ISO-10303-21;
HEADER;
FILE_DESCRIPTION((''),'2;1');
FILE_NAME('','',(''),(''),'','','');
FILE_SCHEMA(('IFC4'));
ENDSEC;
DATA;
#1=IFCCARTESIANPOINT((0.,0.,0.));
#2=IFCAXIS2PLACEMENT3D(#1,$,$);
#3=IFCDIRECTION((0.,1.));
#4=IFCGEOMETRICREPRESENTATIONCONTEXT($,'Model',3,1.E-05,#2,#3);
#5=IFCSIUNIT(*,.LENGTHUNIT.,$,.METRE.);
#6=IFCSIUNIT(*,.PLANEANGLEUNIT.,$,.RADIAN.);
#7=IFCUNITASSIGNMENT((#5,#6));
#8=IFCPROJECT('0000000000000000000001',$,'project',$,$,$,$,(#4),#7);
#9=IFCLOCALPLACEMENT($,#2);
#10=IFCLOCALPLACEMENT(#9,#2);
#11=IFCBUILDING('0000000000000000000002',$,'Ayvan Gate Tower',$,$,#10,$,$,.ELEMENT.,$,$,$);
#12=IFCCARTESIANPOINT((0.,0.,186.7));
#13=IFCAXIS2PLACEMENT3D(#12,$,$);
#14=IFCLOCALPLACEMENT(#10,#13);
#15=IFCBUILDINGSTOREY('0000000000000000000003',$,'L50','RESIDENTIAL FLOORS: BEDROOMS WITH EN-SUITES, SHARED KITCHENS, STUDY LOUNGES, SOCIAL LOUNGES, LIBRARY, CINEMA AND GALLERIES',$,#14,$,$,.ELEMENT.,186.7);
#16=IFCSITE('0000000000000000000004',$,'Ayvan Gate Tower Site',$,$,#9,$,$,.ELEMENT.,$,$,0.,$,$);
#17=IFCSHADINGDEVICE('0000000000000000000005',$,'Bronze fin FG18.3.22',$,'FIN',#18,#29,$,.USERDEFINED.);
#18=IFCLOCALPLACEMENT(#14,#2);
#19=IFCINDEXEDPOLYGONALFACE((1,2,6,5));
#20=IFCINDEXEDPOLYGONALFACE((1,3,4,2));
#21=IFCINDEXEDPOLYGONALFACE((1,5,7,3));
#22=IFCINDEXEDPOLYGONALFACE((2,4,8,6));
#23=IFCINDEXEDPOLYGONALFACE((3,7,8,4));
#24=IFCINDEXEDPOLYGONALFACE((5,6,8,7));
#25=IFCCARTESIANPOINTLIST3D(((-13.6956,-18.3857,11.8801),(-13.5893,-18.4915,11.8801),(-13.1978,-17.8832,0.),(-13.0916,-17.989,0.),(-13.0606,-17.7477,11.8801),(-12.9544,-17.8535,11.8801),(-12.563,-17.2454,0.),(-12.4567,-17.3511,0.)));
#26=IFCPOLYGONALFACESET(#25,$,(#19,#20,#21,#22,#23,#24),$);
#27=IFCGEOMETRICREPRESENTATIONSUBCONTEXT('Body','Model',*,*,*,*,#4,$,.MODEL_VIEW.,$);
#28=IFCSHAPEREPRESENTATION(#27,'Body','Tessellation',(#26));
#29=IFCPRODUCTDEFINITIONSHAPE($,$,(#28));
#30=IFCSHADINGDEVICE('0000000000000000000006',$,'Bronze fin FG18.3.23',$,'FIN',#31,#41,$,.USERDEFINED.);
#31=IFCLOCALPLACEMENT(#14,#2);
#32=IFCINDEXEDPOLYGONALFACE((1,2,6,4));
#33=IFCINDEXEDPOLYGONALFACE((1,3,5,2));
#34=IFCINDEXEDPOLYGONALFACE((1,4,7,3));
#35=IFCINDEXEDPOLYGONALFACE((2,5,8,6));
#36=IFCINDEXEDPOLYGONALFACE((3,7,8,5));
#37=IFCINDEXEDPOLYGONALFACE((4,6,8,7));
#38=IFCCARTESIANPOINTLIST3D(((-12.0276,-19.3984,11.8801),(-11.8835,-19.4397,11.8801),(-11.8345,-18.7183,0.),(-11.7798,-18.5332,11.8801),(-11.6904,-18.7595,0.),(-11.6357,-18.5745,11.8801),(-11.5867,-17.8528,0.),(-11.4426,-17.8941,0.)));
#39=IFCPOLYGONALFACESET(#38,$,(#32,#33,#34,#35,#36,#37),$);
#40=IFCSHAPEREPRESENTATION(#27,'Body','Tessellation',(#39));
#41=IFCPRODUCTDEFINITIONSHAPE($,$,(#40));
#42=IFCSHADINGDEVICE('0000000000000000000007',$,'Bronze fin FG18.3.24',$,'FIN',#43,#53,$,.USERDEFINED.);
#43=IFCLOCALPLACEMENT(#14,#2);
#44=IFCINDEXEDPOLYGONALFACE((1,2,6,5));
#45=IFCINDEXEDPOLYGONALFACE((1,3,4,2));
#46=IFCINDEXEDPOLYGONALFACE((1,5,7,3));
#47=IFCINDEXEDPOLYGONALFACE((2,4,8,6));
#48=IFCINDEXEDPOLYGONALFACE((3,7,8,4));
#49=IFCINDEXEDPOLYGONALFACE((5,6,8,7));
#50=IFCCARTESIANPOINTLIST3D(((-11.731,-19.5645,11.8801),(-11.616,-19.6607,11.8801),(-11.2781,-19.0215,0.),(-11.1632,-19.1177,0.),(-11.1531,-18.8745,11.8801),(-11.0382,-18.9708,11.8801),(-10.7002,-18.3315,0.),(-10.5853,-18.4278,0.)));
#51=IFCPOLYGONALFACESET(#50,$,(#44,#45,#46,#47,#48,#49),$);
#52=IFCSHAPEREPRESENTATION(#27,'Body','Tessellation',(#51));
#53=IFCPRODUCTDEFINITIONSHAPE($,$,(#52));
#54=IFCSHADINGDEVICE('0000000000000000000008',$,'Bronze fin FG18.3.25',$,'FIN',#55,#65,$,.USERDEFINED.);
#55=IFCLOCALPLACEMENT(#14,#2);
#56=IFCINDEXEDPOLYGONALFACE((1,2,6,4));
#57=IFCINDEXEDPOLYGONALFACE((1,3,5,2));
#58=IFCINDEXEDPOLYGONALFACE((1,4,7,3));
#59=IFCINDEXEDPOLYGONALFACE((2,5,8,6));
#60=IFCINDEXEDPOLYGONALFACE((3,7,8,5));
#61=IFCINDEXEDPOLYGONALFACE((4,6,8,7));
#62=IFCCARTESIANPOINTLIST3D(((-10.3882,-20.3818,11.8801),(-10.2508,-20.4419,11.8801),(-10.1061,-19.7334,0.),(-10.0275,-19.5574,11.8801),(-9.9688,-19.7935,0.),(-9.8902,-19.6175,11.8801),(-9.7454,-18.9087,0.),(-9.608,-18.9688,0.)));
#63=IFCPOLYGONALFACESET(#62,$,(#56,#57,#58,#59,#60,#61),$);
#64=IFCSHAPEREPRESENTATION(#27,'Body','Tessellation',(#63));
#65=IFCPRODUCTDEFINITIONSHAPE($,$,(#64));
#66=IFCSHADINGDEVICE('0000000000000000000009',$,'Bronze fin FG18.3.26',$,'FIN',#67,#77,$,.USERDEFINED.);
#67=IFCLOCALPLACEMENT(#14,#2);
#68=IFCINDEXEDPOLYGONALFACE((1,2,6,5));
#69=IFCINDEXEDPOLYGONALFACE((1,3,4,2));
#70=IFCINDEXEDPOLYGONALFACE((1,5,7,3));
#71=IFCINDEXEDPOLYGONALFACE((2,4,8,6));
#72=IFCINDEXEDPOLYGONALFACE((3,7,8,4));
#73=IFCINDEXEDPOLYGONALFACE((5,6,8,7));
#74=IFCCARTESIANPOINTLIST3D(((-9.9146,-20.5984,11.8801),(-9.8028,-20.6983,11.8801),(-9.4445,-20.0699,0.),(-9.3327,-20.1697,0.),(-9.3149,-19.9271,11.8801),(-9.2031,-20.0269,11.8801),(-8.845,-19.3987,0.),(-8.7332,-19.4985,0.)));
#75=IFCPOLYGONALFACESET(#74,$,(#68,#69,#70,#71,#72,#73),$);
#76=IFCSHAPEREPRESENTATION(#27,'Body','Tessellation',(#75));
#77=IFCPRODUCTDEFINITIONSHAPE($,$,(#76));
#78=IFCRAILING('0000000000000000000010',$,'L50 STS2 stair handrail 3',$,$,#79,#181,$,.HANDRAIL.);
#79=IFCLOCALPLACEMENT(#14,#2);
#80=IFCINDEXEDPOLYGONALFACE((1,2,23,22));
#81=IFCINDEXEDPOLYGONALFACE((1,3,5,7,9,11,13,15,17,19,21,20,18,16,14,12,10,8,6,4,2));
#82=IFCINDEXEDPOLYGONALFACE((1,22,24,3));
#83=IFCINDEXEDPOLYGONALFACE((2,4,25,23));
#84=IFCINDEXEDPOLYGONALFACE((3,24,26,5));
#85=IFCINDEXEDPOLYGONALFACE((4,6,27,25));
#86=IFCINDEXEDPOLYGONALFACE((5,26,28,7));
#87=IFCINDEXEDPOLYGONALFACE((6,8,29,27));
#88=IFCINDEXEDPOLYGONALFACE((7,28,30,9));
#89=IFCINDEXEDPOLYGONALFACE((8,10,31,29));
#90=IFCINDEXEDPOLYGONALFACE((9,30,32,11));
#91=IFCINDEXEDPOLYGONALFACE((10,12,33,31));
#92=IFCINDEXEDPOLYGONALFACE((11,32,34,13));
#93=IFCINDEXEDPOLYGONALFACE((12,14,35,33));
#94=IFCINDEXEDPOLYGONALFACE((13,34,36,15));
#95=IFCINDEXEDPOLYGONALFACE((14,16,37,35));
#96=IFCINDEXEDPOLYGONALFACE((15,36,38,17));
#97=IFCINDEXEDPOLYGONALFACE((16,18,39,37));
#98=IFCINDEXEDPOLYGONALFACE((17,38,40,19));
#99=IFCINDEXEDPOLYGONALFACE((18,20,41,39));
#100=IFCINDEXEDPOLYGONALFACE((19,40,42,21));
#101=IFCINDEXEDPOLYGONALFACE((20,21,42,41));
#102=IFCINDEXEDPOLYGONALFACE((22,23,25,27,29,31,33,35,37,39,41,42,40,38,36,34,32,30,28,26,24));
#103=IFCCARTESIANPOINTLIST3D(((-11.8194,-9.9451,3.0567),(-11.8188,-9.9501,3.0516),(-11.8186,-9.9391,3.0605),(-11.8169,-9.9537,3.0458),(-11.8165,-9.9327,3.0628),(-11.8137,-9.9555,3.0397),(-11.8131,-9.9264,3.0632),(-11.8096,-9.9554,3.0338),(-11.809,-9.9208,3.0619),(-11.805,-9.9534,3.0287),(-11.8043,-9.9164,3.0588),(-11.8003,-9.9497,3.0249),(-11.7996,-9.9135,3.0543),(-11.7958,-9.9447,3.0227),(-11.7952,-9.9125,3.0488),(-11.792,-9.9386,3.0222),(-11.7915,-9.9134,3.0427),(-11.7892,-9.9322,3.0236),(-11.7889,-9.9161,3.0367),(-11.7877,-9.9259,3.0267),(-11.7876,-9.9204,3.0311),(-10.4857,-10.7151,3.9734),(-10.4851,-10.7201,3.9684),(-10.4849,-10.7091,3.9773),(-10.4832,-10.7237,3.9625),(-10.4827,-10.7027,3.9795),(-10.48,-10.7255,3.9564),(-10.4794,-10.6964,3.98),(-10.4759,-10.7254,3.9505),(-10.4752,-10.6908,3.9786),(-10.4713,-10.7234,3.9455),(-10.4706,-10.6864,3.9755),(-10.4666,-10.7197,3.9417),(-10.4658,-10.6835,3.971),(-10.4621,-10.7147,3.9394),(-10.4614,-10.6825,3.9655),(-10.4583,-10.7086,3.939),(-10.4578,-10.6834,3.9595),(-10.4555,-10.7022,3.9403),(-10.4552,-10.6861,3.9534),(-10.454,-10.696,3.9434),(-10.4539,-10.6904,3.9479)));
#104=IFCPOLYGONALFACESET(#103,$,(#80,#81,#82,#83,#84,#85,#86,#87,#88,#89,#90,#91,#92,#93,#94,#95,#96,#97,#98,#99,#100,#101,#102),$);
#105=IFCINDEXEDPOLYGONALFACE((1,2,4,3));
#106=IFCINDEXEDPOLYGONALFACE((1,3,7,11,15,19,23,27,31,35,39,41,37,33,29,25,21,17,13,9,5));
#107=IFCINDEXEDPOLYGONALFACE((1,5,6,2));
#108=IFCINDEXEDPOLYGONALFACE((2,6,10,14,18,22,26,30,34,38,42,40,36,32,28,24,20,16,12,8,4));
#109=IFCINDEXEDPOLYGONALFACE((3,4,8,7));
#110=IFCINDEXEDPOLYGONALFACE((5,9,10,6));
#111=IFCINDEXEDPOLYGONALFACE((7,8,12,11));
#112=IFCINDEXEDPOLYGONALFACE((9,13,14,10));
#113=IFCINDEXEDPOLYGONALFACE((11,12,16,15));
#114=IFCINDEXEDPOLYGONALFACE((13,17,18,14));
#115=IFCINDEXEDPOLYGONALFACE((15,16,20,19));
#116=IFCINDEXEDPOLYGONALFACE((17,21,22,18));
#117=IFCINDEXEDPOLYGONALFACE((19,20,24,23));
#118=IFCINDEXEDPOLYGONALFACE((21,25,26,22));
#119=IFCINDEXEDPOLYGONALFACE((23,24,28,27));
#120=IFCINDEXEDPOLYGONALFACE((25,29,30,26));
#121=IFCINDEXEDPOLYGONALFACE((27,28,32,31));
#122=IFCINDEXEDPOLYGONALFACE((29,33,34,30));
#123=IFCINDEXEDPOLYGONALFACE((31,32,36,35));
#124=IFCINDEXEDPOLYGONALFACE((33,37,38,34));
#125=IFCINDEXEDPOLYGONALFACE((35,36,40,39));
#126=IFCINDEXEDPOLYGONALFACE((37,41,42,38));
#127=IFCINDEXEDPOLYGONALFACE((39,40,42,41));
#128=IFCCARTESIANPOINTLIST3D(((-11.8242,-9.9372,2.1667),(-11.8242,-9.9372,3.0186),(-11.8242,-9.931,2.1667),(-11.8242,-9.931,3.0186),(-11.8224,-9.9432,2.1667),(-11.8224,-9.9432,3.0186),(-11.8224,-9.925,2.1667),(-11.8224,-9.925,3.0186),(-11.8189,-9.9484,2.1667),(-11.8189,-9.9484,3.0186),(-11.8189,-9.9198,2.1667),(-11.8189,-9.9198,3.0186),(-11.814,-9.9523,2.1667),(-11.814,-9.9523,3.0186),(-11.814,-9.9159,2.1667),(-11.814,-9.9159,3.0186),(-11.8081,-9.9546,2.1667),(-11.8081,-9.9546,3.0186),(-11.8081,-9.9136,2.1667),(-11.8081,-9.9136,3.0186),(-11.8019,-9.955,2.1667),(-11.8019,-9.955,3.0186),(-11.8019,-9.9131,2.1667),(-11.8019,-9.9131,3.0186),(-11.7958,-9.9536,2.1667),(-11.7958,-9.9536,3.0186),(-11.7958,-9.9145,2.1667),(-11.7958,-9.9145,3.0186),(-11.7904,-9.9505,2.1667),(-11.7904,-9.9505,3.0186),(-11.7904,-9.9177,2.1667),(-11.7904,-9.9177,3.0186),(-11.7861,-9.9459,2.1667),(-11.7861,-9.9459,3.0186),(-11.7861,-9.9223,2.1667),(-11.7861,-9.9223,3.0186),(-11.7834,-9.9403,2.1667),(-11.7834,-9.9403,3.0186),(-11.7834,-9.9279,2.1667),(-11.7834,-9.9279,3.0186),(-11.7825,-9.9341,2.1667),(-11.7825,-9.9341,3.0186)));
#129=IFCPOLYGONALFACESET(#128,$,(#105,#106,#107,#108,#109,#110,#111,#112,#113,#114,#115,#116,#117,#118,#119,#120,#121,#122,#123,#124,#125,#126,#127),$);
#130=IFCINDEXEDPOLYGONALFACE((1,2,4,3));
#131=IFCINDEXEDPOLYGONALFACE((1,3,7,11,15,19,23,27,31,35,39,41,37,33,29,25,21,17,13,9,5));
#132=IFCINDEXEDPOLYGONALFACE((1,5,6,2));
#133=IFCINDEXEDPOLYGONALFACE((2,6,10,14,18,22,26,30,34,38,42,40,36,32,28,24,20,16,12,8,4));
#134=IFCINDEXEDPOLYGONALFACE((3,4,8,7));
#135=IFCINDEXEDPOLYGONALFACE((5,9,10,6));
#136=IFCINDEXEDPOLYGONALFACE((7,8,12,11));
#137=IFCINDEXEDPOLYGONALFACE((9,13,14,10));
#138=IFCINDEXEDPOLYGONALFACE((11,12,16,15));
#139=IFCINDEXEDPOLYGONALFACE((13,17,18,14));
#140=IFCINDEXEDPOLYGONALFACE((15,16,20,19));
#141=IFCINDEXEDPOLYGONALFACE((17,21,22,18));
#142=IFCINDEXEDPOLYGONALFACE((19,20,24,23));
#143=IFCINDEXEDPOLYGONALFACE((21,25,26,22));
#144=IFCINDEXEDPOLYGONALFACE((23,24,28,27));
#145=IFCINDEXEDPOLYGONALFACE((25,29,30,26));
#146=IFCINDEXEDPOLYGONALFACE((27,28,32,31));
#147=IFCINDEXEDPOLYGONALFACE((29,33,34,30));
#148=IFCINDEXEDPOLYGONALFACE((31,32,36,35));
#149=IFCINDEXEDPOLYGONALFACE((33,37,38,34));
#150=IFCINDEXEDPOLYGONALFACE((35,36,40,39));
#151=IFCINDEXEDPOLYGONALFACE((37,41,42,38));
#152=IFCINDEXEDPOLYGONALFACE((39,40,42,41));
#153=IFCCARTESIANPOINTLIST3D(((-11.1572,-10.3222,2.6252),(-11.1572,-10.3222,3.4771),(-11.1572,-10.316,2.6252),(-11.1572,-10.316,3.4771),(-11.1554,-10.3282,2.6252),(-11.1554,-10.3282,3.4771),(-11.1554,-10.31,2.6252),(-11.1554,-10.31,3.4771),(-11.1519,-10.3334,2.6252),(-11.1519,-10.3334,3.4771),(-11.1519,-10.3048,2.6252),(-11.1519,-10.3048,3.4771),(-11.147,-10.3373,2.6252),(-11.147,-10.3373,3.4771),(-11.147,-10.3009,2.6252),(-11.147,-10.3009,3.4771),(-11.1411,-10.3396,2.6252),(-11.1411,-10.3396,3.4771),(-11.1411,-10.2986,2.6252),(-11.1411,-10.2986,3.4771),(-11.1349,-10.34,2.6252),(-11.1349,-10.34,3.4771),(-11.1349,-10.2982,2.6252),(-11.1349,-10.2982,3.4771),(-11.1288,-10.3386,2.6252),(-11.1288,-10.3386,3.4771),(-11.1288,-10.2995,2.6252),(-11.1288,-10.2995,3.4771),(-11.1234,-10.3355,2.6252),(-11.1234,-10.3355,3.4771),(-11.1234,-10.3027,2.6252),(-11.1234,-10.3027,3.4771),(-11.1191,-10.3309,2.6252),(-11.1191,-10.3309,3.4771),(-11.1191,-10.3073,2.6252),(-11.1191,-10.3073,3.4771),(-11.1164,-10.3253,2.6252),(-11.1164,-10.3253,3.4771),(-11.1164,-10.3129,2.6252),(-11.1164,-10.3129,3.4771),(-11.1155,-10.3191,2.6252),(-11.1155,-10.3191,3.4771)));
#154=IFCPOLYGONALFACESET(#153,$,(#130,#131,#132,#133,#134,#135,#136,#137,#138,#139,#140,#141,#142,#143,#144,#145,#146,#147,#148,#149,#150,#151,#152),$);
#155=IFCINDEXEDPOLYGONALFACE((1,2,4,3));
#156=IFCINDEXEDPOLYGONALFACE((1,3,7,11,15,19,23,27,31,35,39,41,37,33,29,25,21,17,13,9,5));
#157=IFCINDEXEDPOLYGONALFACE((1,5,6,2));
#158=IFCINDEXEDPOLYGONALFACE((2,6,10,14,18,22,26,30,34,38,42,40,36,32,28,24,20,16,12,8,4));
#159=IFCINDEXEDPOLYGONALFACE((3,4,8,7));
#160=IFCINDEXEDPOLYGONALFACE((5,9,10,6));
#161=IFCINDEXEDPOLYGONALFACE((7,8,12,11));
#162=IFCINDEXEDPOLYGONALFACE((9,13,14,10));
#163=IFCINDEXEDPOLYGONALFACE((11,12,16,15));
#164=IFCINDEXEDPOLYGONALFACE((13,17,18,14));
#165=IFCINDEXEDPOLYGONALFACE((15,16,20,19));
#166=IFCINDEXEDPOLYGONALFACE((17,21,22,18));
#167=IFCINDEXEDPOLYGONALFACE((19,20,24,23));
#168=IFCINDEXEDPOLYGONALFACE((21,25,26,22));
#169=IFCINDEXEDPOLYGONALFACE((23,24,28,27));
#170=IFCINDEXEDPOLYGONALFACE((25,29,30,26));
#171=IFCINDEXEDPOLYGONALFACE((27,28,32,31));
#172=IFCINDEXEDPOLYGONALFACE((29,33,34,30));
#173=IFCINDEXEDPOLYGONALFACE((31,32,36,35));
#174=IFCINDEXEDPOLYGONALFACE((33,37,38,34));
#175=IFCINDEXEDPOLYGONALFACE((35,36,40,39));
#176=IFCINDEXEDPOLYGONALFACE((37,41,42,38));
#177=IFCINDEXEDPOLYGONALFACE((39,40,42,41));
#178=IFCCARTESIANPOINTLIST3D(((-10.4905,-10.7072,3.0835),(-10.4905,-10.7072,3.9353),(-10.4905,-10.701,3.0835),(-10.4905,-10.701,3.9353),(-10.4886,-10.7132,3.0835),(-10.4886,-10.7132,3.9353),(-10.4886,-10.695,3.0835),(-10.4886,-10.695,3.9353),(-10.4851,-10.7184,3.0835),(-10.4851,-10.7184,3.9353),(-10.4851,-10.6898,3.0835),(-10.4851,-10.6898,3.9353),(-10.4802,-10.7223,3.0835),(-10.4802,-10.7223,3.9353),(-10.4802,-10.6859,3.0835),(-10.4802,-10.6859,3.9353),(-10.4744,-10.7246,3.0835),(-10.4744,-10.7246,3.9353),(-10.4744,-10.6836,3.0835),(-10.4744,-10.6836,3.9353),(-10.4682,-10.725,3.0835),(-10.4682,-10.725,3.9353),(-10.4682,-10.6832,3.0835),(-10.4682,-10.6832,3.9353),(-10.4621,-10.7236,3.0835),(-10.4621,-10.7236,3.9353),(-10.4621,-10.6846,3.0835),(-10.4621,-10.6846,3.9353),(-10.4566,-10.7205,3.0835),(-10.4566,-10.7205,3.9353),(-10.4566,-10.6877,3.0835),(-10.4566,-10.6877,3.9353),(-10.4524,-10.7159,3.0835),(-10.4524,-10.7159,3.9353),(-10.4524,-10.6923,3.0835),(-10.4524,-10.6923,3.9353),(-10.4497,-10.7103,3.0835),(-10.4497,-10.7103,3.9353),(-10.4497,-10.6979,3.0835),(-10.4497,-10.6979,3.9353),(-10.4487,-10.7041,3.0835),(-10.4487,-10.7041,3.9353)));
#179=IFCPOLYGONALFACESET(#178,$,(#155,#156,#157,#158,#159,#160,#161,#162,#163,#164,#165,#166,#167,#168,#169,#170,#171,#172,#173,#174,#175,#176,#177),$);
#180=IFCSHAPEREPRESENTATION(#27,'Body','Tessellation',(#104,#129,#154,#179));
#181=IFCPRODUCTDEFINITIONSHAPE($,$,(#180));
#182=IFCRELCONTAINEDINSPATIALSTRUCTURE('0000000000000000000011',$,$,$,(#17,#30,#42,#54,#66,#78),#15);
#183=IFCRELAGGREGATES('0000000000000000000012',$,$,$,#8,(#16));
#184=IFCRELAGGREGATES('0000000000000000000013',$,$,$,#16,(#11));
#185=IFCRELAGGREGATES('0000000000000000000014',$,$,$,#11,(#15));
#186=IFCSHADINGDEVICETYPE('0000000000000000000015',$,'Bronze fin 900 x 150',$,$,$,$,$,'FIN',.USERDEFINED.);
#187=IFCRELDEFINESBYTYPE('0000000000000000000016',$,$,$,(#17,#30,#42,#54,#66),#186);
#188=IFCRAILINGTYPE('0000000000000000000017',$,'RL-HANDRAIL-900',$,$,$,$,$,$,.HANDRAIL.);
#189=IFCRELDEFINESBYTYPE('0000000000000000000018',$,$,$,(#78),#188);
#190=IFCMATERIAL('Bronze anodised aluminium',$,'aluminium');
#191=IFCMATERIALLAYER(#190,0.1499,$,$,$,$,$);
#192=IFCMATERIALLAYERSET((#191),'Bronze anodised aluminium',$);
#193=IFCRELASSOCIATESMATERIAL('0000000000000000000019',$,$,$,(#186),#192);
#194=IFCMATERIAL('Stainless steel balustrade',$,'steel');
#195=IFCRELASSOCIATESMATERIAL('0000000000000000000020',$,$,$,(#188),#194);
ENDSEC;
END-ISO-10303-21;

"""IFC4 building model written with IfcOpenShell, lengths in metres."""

from ifc_helpers import new_model, si_unit, direction, frame, origin, origin_2d, place, context, subcontext, project, spatial, polyline, circle, outline, extrude, material, layer, layer_set, type_object, element, save


model = new_model("IFC4")

# Units and contexts
model_context = context("Model", 3, precision=1e-05, world=origin(), true_north=direction((0.0, 1.0)))
body_context = subcontext(model_context, "Body", "Model", "MODEL_VIEW")
ifc_project = project(units=[si_unit("LENGTHUNIT", "METRE"), si_unit("PLANEANGLEUNIT", "RADIAN")], contexts=[model_context])

# Site, building, storey
site_placement = place(None, origin())
site = spatial("IfcSite", under=ifc_project, at=site_placement, Name="Ayvan Gate Tower Site", CompositionType="ELEMENT", RefElevation=0.0)
building_placement = place(site_placement, origin())
building = spatial("IfcBuilding", under=site, at=building_placement, Name="Ayvan Gate Tower", CompositionType="ELEMENT")
storey_placement = place(building_placement, frame((0.0, 0.0, 186.7)))
storey = spatial("IfcBuildingStorey", under=building, at=storey_placement, Name="L50", Description="RESIDENTIAL FLOORS: BEDROOMS WITH EN-SUITES, SHARED KITCHENS, STUDY LOUNGES, SOCIAL LOUNGES, LIBRARY, CINEMA AND GALLERIES", CompositionType="ELEMENT", Elevation=186.7)

# Shared definitions
ifc_material_1 = material(Name="Bronze anodised aluminium", Category="aluminium")

# Shading devices
ifc_layer_1 = layer(ifc_material_1, 0.1499)
ifc_layer_set_1 = layer_set([ifc_layer_1], Name="Bronze anodised aluminium")
shading_device_type = type_object("IfcShadingDeviceType", Name="Bronze fin 900 x 150", ElementType="FIN", PredefinedType="USERDEFINED", material=ifc_layer_set_1)
shading_device_1_placement = place(storey_placement, frame((-12.563, -17.2454, 0.0), z_axis=(-0.7088, 0.705409, 0.000141), x_axis=(-0.705409, -0.7088, 0.0)))
element("IfcShadingDevice", 1, at=shading_device_1_placement, inside=storey, type_object=shading_device_type, Name="Bronze fin FG18.3.22", ObjectType="FIN", PredefinedType="USERDEFINED", context=body_context, shape_type="SweptSolid", body=[
    extrude(outline(polyline([(0.0, 0.0), (0.8999, 0.0), (1.6072, 11.8801), (0.7071, 11.8801), (0.0, 0.0)])), origin(), (0.0, 0.0, -1.0), 0.1499),
])
shading_device_2_placement = place(storey_placement, frame((-11.5867, -17.8528, 0.0), z_axis=(-0.96136, 0.275294, 0.000137), x_axis=(-0.275294, -0.96136, 0.0)))
element("IfcShadingDevice", 2, at=shading_device_2_placement, inside=storey, type_object=shading_device_type, Name="Bronze fin FG18.3.23", ObjectType="FIN", PredefinedType="USERDEFINED", context=body_context, shape_type="SweptSolid", body=[
    extrude(outline(polyline([(0.0, 0.0), (0.9003, 0.0), (1.6073, 11.8801), (0.7073, 11.8801), (0.0, 0.0)])), origin(), (0.0, 0.0, -1.0), 0.1499),
])
shading_device_3_placement = place(storey_placement, frame((-10.7002, -18.3315, 0.0), z_axis=(-0.766618, 0.642104, 0.000123), x_axis=(-0.642104, -0.766618, 0.0)))
element("IfcShadingDevice", 3, at=shading_device_3_placement, inside=storey, type_object=shading_device_type, Name="Bronze fin FG18.3.24", ObjectType="FIN", PredefinedType="USERDEFINED", context=body_context, shape_type="SweptSolid", body=[
    extrude(outline(polyline([(0.0, 0.0), (0.9, 0.0), (1.607, 11.8801), (0.707, 11.8801), (0.0, 0.0)])), origin(), (0.0, 0.0, -1.0), 0.1499),
])
shading_device_4_placement = place(storey_placement, frame((-9.7454, -18.9087, 0.0), z_axis=(-0.916173, 0.400783, 0.000124), x_axis=(-0.400783, -0.916173, 0.0)))
element("IfcShadingDevice", 4, at=shading_device_4_placement, inside=storey, type_object=shading_device_type, Name="Bronze fin FG18.3.25", ObjectType="FIN", PredefinedType="USERDEFINED", context=body_context, shape_type="SweptSolid", body=[
    extrude(outline(polyline([(0.0, 0.0), (0.9002, 0.0), (1.6073, 11.8801), (0.7074, 11.8801), (0.0, 0.0)])), origin(), (0.0, 0.0, -1.0), 0.1499),
])
shading_device_5_placement = place(storey_placement, frame((-8.845, -19.3987, 0.0), z_axis=(-0.745791, 0.66618, 0.000129), x_axis=(-0.66618, -0.745791, 0.0)))
element("IfcShadingDevice", 5, at=shading_device_5_placement, inside=storey, type_object=shading_device_type, Name="Bronze fin FG18.3.26", ObjectType="FIN", PredefinedType="USERDEFINED", context=body_context, shape_type="SweptSolid", body=[
    extrude(outline(polyline([(0.0, 0.0), (0.9, 0.0), (1.6073, 11.8801), (0.7071, 11.8801), (0.0, 0.0)])), origin(), (0.0, 0.0, -1.0), 0.1499),
])

# Railing
ifc_material_2 = material(Name="Stainless steel balustrade", Category="steel")
railing_type = type_object("IfcRailingType", Name="RL-HANDRAIL-900", PredefinedType="HANDRAIL", material=ifc_material_2)
railing_1_placement = place(storey_placement, frame((-11.8035, -9.9341, 2.1667)))
element("IfcRailing", 6, at=railing_1_placement, inside=storey, type_object=railing_type, Name="L50 STS2 stair handrail 3", PredefinedType="HANDRAIL", context=body_context, shape_type="SweptSolid", body=[
    extrude(circle(Radius=0.0239, at=origin_2d()), frame((0.0, 0.0, 0.876), z_axis=(0.744164, -0.429634, 0.511502), x_axis=(0.499992, 0.86603, 0.0)), (0.0, 0.0, 1.0), 1.7922),
    extrude(circle(Radius=0.021, at=origin_2d()), origin(), (0.0, 0.0, 1.0), 0.8518),
    extrude(circle(Radius=0.021, at=origin_2d()), frame((0.667, -0.385, 0.4585)), (0.0, 0.0, 1.0), 0.8518),
    extrude(circle(Radius=0.021, at=origin_2d()), frame((1.3337, -0.77, 0.9167)), (0.0, 0.0, 1.0), 0.8518),
])

save(model, "model.ifc")
